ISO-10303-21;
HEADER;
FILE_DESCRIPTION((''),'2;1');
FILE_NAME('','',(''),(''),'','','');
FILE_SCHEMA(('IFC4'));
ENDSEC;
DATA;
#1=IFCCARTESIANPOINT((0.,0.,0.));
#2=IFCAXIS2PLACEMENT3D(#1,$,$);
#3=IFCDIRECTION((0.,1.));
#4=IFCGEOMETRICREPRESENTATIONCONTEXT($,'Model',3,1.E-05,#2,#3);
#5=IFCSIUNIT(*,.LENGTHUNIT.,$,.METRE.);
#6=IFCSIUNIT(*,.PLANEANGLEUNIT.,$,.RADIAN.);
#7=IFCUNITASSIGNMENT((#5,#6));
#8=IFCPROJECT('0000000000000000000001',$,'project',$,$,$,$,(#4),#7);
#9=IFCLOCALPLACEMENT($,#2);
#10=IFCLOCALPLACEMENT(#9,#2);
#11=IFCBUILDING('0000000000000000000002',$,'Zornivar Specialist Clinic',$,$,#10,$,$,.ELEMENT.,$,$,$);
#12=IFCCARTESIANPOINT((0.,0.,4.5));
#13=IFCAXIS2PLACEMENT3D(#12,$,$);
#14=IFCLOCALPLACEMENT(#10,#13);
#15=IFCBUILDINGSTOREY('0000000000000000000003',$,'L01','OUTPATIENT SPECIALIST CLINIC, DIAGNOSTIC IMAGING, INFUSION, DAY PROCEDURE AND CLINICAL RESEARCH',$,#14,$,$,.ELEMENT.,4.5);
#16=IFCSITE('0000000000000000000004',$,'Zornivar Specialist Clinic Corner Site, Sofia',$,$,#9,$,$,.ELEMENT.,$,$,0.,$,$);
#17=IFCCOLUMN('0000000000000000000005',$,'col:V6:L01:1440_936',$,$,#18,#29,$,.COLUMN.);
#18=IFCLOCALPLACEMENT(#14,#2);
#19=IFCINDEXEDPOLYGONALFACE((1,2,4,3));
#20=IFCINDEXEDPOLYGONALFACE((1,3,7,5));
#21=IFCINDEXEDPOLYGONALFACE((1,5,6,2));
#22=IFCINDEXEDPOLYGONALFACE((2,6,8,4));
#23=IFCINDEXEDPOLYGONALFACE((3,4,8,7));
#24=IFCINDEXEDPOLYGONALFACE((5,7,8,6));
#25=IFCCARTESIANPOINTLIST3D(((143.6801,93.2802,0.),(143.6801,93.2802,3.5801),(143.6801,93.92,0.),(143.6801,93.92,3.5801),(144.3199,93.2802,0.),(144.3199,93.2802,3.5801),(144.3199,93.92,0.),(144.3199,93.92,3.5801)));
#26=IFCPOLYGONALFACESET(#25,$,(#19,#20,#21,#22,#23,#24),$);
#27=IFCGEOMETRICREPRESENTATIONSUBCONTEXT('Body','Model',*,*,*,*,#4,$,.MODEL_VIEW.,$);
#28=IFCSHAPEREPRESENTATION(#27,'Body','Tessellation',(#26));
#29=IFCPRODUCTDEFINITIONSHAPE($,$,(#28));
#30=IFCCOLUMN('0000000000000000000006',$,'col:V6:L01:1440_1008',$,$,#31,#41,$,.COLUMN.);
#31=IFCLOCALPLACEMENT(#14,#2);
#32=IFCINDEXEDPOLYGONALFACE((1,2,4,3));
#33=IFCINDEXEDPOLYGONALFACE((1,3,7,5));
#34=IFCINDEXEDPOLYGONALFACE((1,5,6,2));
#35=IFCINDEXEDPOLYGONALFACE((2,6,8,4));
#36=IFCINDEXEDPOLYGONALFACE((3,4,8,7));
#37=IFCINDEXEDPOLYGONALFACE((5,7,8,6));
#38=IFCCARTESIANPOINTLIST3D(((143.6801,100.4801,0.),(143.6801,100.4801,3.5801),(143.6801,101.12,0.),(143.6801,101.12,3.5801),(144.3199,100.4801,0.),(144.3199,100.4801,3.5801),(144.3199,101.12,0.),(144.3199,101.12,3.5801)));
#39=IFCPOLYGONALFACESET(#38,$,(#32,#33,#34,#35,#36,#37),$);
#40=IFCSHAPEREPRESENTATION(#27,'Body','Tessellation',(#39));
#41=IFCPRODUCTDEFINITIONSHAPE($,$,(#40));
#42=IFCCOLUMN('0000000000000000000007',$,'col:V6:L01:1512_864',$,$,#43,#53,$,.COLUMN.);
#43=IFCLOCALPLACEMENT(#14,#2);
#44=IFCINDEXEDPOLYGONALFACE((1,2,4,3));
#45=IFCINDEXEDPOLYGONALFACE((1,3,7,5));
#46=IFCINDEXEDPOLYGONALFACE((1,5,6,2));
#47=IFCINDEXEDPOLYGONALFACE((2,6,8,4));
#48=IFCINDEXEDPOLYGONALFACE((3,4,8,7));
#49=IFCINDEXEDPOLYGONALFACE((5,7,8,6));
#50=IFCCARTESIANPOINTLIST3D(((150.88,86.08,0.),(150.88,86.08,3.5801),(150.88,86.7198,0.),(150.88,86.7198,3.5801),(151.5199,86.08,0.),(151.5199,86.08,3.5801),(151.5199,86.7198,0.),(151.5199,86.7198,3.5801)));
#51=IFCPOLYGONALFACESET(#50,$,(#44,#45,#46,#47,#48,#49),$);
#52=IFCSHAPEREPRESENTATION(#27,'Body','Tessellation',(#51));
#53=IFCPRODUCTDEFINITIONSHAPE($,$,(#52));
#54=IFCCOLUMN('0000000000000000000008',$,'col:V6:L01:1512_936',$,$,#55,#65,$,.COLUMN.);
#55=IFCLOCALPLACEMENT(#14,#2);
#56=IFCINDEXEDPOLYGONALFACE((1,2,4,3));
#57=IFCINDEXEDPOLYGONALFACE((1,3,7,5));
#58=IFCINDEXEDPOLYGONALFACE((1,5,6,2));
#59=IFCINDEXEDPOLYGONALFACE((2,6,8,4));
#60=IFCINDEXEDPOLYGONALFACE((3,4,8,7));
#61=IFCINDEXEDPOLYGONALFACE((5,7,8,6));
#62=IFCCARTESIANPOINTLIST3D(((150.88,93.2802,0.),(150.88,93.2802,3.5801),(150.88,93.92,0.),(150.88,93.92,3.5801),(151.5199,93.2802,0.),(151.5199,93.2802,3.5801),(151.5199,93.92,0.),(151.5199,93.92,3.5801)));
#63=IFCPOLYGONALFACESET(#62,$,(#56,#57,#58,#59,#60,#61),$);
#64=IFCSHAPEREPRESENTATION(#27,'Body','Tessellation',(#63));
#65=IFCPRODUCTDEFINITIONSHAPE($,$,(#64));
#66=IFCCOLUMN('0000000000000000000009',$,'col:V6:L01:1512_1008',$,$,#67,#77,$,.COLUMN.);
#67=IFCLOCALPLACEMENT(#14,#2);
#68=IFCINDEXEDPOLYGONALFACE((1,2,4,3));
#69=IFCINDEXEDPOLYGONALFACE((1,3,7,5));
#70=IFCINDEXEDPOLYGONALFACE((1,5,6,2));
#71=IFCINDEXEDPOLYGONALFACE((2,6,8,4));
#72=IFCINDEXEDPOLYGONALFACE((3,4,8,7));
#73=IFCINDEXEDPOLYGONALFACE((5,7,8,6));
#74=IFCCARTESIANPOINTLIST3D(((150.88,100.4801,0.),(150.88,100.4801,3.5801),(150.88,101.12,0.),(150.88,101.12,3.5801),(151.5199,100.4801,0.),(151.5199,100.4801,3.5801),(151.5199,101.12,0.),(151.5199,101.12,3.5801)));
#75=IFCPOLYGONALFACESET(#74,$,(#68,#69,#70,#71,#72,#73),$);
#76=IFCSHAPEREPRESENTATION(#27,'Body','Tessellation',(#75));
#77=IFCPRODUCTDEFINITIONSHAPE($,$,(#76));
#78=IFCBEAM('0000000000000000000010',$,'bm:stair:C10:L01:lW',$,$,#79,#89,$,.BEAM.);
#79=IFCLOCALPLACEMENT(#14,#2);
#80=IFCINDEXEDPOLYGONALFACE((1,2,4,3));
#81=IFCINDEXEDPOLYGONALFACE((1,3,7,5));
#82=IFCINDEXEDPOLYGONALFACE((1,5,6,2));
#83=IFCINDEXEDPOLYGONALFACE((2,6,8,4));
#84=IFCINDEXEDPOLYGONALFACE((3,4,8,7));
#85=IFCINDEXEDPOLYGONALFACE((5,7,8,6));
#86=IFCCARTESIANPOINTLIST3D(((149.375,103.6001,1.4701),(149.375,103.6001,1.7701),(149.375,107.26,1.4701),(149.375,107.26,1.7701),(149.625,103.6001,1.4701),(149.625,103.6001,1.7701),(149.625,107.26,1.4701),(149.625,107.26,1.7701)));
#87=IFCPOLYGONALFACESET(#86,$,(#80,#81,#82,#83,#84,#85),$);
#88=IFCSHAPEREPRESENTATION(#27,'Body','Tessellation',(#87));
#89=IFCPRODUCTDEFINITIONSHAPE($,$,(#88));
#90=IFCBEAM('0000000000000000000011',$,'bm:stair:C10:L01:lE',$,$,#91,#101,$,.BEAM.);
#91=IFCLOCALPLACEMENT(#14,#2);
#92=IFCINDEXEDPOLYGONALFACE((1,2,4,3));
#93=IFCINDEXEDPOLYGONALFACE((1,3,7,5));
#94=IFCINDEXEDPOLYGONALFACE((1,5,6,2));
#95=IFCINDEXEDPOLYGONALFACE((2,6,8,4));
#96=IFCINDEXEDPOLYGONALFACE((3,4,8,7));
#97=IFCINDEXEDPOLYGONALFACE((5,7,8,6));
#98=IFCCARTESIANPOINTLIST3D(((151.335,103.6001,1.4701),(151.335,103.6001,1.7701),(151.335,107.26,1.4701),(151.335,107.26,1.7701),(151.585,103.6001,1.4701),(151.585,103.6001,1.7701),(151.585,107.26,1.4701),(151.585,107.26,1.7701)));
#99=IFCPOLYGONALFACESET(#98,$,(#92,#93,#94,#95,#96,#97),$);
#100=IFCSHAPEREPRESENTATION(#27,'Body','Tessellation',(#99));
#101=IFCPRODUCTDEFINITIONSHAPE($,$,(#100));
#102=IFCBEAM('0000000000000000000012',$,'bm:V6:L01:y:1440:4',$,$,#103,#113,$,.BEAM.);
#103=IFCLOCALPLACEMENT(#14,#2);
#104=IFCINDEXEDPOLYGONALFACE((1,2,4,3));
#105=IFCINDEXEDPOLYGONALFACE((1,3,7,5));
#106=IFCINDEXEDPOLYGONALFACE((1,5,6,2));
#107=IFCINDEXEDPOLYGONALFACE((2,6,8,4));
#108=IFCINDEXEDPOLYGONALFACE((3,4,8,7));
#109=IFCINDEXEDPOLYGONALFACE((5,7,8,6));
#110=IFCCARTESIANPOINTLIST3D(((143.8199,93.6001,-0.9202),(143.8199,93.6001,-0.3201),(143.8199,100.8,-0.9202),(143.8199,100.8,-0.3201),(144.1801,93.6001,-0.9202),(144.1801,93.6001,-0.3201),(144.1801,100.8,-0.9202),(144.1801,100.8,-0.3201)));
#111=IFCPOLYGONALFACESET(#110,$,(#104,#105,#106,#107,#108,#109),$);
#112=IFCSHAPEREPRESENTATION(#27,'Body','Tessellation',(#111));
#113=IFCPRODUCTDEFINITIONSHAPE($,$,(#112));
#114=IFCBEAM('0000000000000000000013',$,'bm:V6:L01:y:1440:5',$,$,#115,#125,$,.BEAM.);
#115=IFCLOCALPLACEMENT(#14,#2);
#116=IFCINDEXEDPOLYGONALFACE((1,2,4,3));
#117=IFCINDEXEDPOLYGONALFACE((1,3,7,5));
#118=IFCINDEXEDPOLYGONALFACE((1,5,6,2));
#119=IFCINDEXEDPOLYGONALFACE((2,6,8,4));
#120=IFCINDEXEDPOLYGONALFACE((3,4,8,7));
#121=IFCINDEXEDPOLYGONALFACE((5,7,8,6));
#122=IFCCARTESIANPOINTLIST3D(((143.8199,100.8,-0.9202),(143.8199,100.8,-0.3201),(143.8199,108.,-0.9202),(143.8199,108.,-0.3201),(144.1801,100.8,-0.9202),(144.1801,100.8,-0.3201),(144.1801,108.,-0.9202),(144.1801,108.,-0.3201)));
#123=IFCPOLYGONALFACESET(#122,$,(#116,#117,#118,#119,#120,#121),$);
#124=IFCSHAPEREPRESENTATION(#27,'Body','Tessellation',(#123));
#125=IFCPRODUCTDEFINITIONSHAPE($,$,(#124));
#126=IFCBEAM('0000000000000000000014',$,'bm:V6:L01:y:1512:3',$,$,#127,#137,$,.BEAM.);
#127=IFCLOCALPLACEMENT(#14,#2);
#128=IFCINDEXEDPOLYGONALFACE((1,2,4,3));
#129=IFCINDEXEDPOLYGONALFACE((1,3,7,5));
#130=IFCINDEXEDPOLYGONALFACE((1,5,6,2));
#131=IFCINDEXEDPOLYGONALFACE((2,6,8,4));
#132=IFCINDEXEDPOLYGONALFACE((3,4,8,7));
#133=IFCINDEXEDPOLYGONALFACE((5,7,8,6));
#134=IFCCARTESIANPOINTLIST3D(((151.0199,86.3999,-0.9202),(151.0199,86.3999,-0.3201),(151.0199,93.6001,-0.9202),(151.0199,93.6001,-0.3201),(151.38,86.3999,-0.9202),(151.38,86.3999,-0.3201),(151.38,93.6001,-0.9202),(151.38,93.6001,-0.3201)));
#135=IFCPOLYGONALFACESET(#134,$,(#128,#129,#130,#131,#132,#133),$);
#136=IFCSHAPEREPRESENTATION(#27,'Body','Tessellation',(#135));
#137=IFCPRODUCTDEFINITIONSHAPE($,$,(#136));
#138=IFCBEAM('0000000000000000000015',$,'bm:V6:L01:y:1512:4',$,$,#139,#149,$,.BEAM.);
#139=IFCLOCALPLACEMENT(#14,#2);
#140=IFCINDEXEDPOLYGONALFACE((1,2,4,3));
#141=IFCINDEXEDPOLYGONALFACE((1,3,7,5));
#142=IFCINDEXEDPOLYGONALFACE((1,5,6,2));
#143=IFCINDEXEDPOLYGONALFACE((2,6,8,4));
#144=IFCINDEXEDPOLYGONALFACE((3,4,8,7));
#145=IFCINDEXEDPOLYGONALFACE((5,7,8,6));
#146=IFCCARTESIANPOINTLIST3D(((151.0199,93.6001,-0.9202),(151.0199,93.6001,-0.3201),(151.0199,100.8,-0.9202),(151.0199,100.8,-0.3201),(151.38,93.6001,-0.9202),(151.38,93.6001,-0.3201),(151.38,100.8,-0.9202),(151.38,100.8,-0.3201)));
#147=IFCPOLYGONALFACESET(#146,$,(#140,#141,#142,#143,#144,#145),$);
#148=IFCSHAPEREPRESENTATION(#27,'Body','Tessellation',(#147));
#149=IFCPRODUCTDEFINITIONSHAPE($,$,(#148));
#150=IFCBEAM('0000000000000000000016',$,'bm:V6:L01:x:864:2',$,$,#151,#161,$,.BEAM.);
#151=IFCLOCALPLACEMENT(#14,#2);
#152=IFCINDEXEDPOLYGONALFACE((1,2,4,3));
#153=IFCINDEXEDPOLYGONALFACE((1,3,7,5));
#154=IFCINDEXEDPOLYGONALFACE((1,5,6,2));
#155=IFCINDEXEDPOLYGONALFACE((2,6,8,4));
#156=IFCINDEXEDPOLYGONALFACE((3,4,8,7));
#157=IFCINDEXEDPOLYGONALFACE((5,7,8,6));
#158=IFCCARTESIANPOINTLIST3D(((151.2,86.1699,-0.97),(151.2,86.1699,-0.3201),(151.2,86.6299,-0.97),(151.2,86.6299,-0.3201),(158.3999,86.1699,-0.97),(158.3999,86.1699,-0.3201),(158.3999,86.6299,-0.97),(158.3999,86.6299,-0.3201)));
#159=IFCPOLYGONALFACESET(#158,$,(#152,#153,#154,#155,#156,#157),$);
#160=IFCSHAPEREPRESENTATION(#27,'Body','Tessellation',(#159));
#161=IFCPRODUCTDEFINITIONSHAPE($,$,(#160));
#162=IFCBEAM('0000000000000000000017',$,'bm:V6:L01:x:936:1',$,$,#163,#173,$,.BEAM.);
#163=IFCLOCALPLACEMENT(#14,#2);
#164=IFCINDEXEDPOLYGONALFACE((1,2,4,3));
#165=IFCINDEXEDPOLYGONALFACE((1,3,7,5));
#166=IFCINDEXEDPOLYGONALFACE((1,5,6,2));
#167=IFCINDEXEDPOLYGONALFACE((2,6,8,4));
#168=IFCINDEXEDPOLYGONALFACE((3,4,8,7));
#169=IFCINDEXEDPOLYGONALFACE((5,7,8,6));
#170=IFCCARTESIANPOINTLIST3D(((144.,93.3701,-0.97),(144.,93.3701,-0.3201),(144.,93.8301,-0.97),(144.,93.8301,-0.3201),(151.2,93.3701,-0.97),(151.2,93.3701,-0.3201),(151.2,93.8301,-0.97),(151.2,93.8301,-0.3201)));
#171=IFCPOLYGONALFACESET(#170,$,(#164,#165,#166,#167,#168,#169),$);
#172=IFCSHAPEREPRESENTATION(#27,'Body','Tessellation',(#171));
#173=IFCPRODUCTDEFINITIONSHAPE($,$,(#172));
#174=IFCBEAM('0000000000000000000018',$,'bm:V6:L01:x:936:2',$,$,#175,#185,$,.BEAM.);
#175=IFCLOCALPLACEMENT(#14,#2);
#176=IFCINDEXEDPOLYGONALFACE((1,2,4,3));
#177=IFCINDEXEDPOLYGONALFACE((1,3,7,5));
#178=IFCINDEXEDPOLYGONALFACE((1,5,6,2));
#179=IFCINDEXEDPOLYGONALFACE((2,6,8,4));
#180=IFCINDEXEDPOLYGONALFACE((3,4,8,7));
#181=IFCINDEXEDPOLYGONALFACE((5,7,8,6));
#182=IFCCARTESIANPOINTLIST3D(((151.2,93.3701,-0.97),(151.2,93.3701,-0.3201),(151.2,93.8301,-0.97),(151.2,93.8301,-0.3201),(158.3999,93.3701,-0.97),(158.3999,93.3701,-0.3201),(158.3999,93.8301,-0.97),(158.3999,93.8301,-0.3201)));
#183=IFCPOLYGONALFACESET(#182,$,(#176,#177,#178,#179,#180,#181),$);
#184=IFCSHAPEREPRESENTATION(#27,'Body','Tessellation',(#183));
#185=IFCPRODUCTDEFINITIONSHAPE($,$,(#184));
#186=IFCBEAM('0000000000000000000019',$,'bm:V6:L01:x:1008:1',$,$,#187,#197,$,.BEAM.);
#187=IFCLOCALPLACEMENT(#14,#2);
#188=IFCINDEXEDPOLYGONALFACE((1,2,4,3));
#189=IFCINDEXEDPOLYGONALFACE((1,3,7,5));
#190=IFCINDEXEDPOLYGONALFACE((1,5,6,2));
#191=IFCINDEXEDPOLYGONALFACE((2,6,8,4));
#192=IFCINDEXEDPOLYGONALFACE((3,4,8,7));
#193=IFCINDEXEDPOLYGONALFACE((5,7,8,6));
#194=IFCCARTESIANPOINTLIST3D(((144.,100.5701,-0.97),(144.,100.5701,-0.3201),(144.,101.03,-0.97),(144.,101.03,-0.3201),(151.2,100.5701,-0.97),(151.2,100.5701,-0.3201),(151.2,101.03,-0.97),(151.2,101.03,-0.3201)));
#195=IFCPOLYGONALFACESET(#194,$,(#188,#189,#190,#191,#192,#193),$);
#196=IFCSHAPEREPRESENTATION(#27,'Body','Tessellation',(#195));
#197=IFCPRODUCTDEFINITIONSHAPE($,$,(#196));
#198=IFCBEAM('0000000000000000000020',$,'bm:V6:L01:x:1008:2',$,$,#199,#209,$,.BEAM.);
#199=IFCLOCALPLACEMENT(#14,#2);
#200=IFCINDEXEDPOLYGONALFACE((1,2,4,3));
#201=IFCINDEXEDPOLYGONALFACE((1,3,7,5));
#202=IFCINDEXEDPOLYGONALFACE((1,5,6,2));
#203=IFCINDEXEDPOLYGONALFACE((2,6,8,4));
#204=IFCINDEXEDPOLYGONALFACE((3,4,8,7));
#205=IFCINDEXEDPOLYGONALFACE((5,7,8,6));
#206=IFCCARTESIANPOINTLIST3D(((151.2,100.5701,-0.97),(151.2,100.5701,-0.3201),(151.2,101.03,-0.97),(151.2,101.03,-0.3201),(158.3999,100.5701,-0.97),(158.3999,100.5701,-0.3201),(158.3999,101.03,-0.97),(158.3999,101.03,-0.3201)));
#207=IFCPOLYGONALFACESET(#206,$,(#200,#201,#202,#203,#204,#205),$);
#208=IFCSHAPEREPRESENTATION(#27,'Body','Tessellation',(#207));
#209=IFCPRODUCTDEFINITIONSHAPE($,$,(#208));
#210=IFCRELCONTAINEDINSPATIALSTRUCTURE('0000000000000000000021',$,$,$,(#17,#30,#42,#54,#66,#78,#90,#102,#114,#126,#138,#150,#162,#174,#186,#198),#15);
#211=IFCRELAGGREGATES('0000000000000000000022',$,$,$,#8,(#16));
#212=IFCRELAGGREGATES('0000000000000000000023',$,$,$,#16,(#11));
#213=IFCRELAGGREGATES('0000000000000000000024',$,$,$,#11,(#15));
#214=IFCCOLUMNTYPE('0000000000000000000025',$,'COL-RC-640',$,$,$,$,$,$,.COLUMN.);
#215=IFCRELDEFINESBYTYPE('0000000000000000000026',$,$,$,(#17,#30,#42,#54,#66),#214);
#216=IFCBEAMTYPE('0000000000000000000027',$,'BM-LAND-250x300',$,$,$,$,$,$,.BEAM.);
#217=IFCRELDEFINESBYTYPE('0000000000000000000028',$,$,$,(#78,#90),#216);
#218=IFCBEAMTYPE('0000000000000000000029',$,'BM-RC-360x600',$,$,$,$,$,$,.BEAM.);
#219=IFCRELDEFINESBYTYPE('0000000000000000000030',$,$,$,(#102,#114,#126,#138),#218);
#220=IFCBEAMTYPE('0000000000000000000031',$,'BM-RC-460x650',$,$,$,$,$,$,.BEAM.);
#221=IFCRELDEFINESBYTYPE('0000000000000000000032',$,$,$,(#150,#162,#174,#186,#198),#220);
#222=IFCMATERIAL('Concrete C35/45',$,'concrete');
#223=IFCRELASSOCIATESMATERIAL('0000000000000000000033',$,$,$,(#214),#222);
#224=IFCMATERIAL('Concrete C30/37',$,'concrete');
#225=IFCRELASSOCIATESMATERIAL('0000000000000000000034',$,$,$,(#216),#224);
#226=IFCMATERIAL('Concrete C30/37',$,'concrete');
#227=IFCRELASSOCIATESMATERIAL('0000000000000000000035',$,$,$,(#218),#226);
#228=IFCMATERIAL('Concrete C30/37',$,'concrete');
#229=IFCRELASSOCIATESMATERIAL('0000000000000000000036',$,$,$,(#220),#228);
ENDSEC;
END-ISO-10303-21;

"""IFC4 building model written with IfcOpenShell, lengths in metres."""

from ifc_helpers import new_model, si_unit, direction, frame, origin, origin_2d, place, context, subcontext, project, spatial, rectangle, extrude, material, material_profile, profile_set, type_object, element, save


model = new_model("IFC4")

# Units and contexts
model_context = context("Model", 3, precision=1e-05, world=origin(), true_north=direction((0.0, 1.0)))
body_context = subcontext(model_context, "Body", "Model", "MODEL_VIEW")
ifc_project = project(units=[si_unit("LENGTHUNIT", "METRE"), si_unit("PLANEANGLEUNIT", "RADIAN")], contexts=[model_context])

# Site, building, storey
site_placement = place(None, origin())
site = spatial("IfcSite", under=ifc_project, at=site_placement, Name="Zornivar Specialist Clinic Corner Site, Sofia", CompositionType="ELEMENT", RefElevation=0.0)
building_placement = place(site_placement, origin())
building = spatial("IfcBuilding", under=site, at=building_placement, Name="Zornivar Specialist Clinic", CompositionType="ELEMENT")
storey_placement = place(building_placement, frame((0.0, 0.0, 4.5)))
storey = spatial("IfcBuildingStorey", under=building, at=storey_placement, Name="L01", Description="OUTPATIENT SPECIALIST CLINIC, DIAGNOSTIC IMAGING, INFUSION, DAY PROCEDURE AND CLINICAL RESEARCH", CompositionType="ELEMENT", Elevation=4.5)

# Columns
ifc_material_1 = material(Name="Concrete C35/45", Category="concrete")
ifc_material_profile_1 = material_profile(ifc_material_1, rectangle(XDim=0.6399, YDim=0.6399, at=origin_2d()), Name="RC 640x640")
ifc_profile_set_1 = profile_set([ifc_material_profile_1], Name="Concrete C35/45")
column_type = type_object("IfcColumnType", Name="COL-RC-640", PredefinedType="COLUMN", material=ifc_profile_set_1)
for number, where, z_axis, x_axis, name in (
    (1, (144.0, 93.6001, 0.0), (0.0, 0.0, 1.0), (1.0, 0.0, 0.0), "col:V6:L01:1440_936"),
    (2, (144.0, 100.8, 0.0), (0.0, 0.0, 1.0), (1.0, 0.0, 0.0), "col:V6:L01:1440_1008"),
    (3, (151.2, 86.3999, 0.0), (0.0, 0.0, 1.0), (1.0, 0.0, 0.0), "col:V6:L01:1512_864"),
    (4, (151.2, 93.6001, 0.0), (0.0, 0.0, 1.0), (1.0, 0.0, 0.0), "col:V6:L01:1512_936"),
    (5, (151.2, 100.8, 0.0), (0.0, 0.0, 1.0), (1.0, 0.0, 0.0), "col:V6:L01:1512_1008"),
):
    element("IfcColumn", number, at=place(storey_placement, frame(where, z_axis=z_axis, x_axis=x_axis)), inside=storey, type_object=column_type, Name=name, PredefinedType="COLUMN", context=body_context, shape_type="SweptSolid", body=[
        extrude(rectangle(XDim=0.6399, YDim=0.6399, at=origin_2d()), origin(), (0.0, 0.0, 1.0), 3.5801),
    ])

# Beams
ifc_material_2 = material(Name="Concrete C30/37", Category="concrete")
ifc_material_profile_2 = material_profile(ifc_material_2, rectangle(XDim=0.25, YDim=0.3, at=origin_2d()), Name="RC 250x300")
ifc_profile_set_2 = profile_set([ifc_material_profile_2], Name="Concrete C30/37")
beam_type_1 = type_object("IfcBeamType", Name="BM-LAND-250x300", PredefinedType="BEAM", material=ifc_profile_set_2)
for number, where, z_axis, x_axis, name in (
    (6, (149.5, 103.6001, 1.6201), (0.0, 1.0, 0.0), (-1.0, 0.0, 0.0), "bm:stair:C10:L01:lW"),
    (7, (151.46, 103.6001, 1.6201), (0.0, 1.0, 0.0), (-1.0, 0.0, 0.0), "bm:stair:C10:L01:lE"),
):
    element("IfcBeam", number, at=place(storey_placement, frame(where, z_axis=z_axis, x_axis=x_axis)), inside=storey, type_object=beam_type_1, Name=name, PredefinedType="BEAM", context=body_context, shape_type="SweptSolid", body=[
        extrude(rectangle(XDim=0.25, YDim=0.3, at=origin_2d()), origin(), (0.0, 0.0, 1.0), 3.6599),
    ])
ifc_material_3 = material(Name="Concrete C30/37", Category="concrete")
ifc_material_profile_3 = material_profile(ifc_material_3, rectangle(XDim=0.3601, YDim=0.6001, at=origin_2d()), Name="RC 360x600")
ifc_profile_set_3 = profile_set([ifc_material_profile_3], Name="Concrete C30/37")
beam_type_2 = type_object("IfcBeamType", Name="BM-RC-360x600", PredefinedType="BEAM", material=ifc_profile_set_3)
for number, where, z_axis, x_axis, name in (
    (8, (144.0, 93.6001, -0.6201), (0.0, 1.0, 0.0), (-1.0, 0.0, 0.0), "bm:V6:L01:y:1440:4"),
    (9, (144.0, 100.8, -0.6201), (0.0, 1.0, 0.0), (-1.0, 0.0, 0.0), "bm:V6:L01:y:1440:5"),
):
    element("IfcBeam", number, at=place(storey_placement, frame(where, z_axis=z_axis, x_axis=x_axis)), inside=storey, type_object=beam_type_2, Name=name, PredefinedType="BEAM", context=body_context, shape_type="SweptSolid", body=[
        extrude(rectangle(XDim=0.3601, YDim=0.6001, at=origin_2d()), origin(), (0.0, 0.0, 1.0), 7.2),
    ])
beam_1_placement = place(storey_placement, frame((151.2, 86.3999, -0.6201), z_axis=(0.0, 1.0, 0.0), x_axis=(-1.0, 0.0, 0.0)))
element("IfcBeam", 10, at=beam_1_placement, inside=storey, type_object=beam_type_2, Name="bm:V6:L01:y:1512:3", PredefinedType="BEAM", context=body_context, shape_type="SweptSolid", body=[
    extrude(rectangle(XDim=0.3601, YDim=0.6001, at=origin_2d()), origin(), (0.0, 0.0, 1.0), 7.2002),
])
beam_2_placement = place(storey_placement, frame((151.2, 93.6001, -0.6201), z_axis=(0.0, 1.0, 0.0), x_axis=(-1.0, 0.0, 0.0)))
element("IfcBeam", 11, at=beam_2_placement, inside=storey, type_object=beam_type_2, Name="bm:V6:L01:y:1512:4", PredefinedType="BEAM", context=body_context, shape_type="SweptSolid", body=[
    extrude(rectangle(XDim=0.3601, YDim=0.6001, at=origin_2d()), origin(), (0.0, 0.0, 1.0), 7.2),
])
ifc_material_4 = material(Name="Concrete C30/37", Category="concrete")
ifc_material_profile_4 = material_profile(ifc_material_4, rectangle(XDim=0.46, YDim=0.6499, at=origin_2d()), Name="RC 460x650")
ifc_profile_set_4 = profile_set([ifc_material_profile_4], Name="Concrete C30/37")
beam_type_3 = type_object("IfcBeamType", Name="BM-RC-460x650", PredefinedType="BEAM", material=ifc_profile_set_4)
for number, where, z_axis, x_axis, name in (
    (12, (151.2, 86.3999, -0.645), (1.0, 0.0, 0.0), (0.0, 1.0, 0.0), "bm:V6:L01:x:864:2"),
    (13, (144.0, 93.6001, -0.645), (1.0, 0.0, 0.0), (0.0, 1.0, 0.0), "bm:V6:L01:x:936:1"),
    (14, (151.2, 93.6001, -0.645), (1.0, 0.0, 0.0), (0.0, 1.0, 0.0), "bm:V6:L01:x:936:2"),
    (15, (144.0, 100.8, -0.645), (1.0, 0.0, 0.0), (0.0, 1.0, 0.0), "bm:V6:L01:x:1008:1"),
    (16, (151.2, 100.8, -0.645), (1.0, 0.0, 0.0), (0.0, 1.0, 0.0), "bm:V6:L01:x:1008:2"),
):
    element("IfcBeam", number, at=place(storey_placement, frame(where, z_axis=z_axis, x_axis=x_axis)), inside=storey, type_object=beam_type_3, Name=name, PredefinedType="BEAM", context=body_context, shape_type="SweptSolid", body=[
        extrude(rectangle(XDim=0.46, YDim=0.6499, at=origin_2d()), origin(), (0.0, 0.0, 1.0), 7.2),
    ])

save(model, "model.ifc")
